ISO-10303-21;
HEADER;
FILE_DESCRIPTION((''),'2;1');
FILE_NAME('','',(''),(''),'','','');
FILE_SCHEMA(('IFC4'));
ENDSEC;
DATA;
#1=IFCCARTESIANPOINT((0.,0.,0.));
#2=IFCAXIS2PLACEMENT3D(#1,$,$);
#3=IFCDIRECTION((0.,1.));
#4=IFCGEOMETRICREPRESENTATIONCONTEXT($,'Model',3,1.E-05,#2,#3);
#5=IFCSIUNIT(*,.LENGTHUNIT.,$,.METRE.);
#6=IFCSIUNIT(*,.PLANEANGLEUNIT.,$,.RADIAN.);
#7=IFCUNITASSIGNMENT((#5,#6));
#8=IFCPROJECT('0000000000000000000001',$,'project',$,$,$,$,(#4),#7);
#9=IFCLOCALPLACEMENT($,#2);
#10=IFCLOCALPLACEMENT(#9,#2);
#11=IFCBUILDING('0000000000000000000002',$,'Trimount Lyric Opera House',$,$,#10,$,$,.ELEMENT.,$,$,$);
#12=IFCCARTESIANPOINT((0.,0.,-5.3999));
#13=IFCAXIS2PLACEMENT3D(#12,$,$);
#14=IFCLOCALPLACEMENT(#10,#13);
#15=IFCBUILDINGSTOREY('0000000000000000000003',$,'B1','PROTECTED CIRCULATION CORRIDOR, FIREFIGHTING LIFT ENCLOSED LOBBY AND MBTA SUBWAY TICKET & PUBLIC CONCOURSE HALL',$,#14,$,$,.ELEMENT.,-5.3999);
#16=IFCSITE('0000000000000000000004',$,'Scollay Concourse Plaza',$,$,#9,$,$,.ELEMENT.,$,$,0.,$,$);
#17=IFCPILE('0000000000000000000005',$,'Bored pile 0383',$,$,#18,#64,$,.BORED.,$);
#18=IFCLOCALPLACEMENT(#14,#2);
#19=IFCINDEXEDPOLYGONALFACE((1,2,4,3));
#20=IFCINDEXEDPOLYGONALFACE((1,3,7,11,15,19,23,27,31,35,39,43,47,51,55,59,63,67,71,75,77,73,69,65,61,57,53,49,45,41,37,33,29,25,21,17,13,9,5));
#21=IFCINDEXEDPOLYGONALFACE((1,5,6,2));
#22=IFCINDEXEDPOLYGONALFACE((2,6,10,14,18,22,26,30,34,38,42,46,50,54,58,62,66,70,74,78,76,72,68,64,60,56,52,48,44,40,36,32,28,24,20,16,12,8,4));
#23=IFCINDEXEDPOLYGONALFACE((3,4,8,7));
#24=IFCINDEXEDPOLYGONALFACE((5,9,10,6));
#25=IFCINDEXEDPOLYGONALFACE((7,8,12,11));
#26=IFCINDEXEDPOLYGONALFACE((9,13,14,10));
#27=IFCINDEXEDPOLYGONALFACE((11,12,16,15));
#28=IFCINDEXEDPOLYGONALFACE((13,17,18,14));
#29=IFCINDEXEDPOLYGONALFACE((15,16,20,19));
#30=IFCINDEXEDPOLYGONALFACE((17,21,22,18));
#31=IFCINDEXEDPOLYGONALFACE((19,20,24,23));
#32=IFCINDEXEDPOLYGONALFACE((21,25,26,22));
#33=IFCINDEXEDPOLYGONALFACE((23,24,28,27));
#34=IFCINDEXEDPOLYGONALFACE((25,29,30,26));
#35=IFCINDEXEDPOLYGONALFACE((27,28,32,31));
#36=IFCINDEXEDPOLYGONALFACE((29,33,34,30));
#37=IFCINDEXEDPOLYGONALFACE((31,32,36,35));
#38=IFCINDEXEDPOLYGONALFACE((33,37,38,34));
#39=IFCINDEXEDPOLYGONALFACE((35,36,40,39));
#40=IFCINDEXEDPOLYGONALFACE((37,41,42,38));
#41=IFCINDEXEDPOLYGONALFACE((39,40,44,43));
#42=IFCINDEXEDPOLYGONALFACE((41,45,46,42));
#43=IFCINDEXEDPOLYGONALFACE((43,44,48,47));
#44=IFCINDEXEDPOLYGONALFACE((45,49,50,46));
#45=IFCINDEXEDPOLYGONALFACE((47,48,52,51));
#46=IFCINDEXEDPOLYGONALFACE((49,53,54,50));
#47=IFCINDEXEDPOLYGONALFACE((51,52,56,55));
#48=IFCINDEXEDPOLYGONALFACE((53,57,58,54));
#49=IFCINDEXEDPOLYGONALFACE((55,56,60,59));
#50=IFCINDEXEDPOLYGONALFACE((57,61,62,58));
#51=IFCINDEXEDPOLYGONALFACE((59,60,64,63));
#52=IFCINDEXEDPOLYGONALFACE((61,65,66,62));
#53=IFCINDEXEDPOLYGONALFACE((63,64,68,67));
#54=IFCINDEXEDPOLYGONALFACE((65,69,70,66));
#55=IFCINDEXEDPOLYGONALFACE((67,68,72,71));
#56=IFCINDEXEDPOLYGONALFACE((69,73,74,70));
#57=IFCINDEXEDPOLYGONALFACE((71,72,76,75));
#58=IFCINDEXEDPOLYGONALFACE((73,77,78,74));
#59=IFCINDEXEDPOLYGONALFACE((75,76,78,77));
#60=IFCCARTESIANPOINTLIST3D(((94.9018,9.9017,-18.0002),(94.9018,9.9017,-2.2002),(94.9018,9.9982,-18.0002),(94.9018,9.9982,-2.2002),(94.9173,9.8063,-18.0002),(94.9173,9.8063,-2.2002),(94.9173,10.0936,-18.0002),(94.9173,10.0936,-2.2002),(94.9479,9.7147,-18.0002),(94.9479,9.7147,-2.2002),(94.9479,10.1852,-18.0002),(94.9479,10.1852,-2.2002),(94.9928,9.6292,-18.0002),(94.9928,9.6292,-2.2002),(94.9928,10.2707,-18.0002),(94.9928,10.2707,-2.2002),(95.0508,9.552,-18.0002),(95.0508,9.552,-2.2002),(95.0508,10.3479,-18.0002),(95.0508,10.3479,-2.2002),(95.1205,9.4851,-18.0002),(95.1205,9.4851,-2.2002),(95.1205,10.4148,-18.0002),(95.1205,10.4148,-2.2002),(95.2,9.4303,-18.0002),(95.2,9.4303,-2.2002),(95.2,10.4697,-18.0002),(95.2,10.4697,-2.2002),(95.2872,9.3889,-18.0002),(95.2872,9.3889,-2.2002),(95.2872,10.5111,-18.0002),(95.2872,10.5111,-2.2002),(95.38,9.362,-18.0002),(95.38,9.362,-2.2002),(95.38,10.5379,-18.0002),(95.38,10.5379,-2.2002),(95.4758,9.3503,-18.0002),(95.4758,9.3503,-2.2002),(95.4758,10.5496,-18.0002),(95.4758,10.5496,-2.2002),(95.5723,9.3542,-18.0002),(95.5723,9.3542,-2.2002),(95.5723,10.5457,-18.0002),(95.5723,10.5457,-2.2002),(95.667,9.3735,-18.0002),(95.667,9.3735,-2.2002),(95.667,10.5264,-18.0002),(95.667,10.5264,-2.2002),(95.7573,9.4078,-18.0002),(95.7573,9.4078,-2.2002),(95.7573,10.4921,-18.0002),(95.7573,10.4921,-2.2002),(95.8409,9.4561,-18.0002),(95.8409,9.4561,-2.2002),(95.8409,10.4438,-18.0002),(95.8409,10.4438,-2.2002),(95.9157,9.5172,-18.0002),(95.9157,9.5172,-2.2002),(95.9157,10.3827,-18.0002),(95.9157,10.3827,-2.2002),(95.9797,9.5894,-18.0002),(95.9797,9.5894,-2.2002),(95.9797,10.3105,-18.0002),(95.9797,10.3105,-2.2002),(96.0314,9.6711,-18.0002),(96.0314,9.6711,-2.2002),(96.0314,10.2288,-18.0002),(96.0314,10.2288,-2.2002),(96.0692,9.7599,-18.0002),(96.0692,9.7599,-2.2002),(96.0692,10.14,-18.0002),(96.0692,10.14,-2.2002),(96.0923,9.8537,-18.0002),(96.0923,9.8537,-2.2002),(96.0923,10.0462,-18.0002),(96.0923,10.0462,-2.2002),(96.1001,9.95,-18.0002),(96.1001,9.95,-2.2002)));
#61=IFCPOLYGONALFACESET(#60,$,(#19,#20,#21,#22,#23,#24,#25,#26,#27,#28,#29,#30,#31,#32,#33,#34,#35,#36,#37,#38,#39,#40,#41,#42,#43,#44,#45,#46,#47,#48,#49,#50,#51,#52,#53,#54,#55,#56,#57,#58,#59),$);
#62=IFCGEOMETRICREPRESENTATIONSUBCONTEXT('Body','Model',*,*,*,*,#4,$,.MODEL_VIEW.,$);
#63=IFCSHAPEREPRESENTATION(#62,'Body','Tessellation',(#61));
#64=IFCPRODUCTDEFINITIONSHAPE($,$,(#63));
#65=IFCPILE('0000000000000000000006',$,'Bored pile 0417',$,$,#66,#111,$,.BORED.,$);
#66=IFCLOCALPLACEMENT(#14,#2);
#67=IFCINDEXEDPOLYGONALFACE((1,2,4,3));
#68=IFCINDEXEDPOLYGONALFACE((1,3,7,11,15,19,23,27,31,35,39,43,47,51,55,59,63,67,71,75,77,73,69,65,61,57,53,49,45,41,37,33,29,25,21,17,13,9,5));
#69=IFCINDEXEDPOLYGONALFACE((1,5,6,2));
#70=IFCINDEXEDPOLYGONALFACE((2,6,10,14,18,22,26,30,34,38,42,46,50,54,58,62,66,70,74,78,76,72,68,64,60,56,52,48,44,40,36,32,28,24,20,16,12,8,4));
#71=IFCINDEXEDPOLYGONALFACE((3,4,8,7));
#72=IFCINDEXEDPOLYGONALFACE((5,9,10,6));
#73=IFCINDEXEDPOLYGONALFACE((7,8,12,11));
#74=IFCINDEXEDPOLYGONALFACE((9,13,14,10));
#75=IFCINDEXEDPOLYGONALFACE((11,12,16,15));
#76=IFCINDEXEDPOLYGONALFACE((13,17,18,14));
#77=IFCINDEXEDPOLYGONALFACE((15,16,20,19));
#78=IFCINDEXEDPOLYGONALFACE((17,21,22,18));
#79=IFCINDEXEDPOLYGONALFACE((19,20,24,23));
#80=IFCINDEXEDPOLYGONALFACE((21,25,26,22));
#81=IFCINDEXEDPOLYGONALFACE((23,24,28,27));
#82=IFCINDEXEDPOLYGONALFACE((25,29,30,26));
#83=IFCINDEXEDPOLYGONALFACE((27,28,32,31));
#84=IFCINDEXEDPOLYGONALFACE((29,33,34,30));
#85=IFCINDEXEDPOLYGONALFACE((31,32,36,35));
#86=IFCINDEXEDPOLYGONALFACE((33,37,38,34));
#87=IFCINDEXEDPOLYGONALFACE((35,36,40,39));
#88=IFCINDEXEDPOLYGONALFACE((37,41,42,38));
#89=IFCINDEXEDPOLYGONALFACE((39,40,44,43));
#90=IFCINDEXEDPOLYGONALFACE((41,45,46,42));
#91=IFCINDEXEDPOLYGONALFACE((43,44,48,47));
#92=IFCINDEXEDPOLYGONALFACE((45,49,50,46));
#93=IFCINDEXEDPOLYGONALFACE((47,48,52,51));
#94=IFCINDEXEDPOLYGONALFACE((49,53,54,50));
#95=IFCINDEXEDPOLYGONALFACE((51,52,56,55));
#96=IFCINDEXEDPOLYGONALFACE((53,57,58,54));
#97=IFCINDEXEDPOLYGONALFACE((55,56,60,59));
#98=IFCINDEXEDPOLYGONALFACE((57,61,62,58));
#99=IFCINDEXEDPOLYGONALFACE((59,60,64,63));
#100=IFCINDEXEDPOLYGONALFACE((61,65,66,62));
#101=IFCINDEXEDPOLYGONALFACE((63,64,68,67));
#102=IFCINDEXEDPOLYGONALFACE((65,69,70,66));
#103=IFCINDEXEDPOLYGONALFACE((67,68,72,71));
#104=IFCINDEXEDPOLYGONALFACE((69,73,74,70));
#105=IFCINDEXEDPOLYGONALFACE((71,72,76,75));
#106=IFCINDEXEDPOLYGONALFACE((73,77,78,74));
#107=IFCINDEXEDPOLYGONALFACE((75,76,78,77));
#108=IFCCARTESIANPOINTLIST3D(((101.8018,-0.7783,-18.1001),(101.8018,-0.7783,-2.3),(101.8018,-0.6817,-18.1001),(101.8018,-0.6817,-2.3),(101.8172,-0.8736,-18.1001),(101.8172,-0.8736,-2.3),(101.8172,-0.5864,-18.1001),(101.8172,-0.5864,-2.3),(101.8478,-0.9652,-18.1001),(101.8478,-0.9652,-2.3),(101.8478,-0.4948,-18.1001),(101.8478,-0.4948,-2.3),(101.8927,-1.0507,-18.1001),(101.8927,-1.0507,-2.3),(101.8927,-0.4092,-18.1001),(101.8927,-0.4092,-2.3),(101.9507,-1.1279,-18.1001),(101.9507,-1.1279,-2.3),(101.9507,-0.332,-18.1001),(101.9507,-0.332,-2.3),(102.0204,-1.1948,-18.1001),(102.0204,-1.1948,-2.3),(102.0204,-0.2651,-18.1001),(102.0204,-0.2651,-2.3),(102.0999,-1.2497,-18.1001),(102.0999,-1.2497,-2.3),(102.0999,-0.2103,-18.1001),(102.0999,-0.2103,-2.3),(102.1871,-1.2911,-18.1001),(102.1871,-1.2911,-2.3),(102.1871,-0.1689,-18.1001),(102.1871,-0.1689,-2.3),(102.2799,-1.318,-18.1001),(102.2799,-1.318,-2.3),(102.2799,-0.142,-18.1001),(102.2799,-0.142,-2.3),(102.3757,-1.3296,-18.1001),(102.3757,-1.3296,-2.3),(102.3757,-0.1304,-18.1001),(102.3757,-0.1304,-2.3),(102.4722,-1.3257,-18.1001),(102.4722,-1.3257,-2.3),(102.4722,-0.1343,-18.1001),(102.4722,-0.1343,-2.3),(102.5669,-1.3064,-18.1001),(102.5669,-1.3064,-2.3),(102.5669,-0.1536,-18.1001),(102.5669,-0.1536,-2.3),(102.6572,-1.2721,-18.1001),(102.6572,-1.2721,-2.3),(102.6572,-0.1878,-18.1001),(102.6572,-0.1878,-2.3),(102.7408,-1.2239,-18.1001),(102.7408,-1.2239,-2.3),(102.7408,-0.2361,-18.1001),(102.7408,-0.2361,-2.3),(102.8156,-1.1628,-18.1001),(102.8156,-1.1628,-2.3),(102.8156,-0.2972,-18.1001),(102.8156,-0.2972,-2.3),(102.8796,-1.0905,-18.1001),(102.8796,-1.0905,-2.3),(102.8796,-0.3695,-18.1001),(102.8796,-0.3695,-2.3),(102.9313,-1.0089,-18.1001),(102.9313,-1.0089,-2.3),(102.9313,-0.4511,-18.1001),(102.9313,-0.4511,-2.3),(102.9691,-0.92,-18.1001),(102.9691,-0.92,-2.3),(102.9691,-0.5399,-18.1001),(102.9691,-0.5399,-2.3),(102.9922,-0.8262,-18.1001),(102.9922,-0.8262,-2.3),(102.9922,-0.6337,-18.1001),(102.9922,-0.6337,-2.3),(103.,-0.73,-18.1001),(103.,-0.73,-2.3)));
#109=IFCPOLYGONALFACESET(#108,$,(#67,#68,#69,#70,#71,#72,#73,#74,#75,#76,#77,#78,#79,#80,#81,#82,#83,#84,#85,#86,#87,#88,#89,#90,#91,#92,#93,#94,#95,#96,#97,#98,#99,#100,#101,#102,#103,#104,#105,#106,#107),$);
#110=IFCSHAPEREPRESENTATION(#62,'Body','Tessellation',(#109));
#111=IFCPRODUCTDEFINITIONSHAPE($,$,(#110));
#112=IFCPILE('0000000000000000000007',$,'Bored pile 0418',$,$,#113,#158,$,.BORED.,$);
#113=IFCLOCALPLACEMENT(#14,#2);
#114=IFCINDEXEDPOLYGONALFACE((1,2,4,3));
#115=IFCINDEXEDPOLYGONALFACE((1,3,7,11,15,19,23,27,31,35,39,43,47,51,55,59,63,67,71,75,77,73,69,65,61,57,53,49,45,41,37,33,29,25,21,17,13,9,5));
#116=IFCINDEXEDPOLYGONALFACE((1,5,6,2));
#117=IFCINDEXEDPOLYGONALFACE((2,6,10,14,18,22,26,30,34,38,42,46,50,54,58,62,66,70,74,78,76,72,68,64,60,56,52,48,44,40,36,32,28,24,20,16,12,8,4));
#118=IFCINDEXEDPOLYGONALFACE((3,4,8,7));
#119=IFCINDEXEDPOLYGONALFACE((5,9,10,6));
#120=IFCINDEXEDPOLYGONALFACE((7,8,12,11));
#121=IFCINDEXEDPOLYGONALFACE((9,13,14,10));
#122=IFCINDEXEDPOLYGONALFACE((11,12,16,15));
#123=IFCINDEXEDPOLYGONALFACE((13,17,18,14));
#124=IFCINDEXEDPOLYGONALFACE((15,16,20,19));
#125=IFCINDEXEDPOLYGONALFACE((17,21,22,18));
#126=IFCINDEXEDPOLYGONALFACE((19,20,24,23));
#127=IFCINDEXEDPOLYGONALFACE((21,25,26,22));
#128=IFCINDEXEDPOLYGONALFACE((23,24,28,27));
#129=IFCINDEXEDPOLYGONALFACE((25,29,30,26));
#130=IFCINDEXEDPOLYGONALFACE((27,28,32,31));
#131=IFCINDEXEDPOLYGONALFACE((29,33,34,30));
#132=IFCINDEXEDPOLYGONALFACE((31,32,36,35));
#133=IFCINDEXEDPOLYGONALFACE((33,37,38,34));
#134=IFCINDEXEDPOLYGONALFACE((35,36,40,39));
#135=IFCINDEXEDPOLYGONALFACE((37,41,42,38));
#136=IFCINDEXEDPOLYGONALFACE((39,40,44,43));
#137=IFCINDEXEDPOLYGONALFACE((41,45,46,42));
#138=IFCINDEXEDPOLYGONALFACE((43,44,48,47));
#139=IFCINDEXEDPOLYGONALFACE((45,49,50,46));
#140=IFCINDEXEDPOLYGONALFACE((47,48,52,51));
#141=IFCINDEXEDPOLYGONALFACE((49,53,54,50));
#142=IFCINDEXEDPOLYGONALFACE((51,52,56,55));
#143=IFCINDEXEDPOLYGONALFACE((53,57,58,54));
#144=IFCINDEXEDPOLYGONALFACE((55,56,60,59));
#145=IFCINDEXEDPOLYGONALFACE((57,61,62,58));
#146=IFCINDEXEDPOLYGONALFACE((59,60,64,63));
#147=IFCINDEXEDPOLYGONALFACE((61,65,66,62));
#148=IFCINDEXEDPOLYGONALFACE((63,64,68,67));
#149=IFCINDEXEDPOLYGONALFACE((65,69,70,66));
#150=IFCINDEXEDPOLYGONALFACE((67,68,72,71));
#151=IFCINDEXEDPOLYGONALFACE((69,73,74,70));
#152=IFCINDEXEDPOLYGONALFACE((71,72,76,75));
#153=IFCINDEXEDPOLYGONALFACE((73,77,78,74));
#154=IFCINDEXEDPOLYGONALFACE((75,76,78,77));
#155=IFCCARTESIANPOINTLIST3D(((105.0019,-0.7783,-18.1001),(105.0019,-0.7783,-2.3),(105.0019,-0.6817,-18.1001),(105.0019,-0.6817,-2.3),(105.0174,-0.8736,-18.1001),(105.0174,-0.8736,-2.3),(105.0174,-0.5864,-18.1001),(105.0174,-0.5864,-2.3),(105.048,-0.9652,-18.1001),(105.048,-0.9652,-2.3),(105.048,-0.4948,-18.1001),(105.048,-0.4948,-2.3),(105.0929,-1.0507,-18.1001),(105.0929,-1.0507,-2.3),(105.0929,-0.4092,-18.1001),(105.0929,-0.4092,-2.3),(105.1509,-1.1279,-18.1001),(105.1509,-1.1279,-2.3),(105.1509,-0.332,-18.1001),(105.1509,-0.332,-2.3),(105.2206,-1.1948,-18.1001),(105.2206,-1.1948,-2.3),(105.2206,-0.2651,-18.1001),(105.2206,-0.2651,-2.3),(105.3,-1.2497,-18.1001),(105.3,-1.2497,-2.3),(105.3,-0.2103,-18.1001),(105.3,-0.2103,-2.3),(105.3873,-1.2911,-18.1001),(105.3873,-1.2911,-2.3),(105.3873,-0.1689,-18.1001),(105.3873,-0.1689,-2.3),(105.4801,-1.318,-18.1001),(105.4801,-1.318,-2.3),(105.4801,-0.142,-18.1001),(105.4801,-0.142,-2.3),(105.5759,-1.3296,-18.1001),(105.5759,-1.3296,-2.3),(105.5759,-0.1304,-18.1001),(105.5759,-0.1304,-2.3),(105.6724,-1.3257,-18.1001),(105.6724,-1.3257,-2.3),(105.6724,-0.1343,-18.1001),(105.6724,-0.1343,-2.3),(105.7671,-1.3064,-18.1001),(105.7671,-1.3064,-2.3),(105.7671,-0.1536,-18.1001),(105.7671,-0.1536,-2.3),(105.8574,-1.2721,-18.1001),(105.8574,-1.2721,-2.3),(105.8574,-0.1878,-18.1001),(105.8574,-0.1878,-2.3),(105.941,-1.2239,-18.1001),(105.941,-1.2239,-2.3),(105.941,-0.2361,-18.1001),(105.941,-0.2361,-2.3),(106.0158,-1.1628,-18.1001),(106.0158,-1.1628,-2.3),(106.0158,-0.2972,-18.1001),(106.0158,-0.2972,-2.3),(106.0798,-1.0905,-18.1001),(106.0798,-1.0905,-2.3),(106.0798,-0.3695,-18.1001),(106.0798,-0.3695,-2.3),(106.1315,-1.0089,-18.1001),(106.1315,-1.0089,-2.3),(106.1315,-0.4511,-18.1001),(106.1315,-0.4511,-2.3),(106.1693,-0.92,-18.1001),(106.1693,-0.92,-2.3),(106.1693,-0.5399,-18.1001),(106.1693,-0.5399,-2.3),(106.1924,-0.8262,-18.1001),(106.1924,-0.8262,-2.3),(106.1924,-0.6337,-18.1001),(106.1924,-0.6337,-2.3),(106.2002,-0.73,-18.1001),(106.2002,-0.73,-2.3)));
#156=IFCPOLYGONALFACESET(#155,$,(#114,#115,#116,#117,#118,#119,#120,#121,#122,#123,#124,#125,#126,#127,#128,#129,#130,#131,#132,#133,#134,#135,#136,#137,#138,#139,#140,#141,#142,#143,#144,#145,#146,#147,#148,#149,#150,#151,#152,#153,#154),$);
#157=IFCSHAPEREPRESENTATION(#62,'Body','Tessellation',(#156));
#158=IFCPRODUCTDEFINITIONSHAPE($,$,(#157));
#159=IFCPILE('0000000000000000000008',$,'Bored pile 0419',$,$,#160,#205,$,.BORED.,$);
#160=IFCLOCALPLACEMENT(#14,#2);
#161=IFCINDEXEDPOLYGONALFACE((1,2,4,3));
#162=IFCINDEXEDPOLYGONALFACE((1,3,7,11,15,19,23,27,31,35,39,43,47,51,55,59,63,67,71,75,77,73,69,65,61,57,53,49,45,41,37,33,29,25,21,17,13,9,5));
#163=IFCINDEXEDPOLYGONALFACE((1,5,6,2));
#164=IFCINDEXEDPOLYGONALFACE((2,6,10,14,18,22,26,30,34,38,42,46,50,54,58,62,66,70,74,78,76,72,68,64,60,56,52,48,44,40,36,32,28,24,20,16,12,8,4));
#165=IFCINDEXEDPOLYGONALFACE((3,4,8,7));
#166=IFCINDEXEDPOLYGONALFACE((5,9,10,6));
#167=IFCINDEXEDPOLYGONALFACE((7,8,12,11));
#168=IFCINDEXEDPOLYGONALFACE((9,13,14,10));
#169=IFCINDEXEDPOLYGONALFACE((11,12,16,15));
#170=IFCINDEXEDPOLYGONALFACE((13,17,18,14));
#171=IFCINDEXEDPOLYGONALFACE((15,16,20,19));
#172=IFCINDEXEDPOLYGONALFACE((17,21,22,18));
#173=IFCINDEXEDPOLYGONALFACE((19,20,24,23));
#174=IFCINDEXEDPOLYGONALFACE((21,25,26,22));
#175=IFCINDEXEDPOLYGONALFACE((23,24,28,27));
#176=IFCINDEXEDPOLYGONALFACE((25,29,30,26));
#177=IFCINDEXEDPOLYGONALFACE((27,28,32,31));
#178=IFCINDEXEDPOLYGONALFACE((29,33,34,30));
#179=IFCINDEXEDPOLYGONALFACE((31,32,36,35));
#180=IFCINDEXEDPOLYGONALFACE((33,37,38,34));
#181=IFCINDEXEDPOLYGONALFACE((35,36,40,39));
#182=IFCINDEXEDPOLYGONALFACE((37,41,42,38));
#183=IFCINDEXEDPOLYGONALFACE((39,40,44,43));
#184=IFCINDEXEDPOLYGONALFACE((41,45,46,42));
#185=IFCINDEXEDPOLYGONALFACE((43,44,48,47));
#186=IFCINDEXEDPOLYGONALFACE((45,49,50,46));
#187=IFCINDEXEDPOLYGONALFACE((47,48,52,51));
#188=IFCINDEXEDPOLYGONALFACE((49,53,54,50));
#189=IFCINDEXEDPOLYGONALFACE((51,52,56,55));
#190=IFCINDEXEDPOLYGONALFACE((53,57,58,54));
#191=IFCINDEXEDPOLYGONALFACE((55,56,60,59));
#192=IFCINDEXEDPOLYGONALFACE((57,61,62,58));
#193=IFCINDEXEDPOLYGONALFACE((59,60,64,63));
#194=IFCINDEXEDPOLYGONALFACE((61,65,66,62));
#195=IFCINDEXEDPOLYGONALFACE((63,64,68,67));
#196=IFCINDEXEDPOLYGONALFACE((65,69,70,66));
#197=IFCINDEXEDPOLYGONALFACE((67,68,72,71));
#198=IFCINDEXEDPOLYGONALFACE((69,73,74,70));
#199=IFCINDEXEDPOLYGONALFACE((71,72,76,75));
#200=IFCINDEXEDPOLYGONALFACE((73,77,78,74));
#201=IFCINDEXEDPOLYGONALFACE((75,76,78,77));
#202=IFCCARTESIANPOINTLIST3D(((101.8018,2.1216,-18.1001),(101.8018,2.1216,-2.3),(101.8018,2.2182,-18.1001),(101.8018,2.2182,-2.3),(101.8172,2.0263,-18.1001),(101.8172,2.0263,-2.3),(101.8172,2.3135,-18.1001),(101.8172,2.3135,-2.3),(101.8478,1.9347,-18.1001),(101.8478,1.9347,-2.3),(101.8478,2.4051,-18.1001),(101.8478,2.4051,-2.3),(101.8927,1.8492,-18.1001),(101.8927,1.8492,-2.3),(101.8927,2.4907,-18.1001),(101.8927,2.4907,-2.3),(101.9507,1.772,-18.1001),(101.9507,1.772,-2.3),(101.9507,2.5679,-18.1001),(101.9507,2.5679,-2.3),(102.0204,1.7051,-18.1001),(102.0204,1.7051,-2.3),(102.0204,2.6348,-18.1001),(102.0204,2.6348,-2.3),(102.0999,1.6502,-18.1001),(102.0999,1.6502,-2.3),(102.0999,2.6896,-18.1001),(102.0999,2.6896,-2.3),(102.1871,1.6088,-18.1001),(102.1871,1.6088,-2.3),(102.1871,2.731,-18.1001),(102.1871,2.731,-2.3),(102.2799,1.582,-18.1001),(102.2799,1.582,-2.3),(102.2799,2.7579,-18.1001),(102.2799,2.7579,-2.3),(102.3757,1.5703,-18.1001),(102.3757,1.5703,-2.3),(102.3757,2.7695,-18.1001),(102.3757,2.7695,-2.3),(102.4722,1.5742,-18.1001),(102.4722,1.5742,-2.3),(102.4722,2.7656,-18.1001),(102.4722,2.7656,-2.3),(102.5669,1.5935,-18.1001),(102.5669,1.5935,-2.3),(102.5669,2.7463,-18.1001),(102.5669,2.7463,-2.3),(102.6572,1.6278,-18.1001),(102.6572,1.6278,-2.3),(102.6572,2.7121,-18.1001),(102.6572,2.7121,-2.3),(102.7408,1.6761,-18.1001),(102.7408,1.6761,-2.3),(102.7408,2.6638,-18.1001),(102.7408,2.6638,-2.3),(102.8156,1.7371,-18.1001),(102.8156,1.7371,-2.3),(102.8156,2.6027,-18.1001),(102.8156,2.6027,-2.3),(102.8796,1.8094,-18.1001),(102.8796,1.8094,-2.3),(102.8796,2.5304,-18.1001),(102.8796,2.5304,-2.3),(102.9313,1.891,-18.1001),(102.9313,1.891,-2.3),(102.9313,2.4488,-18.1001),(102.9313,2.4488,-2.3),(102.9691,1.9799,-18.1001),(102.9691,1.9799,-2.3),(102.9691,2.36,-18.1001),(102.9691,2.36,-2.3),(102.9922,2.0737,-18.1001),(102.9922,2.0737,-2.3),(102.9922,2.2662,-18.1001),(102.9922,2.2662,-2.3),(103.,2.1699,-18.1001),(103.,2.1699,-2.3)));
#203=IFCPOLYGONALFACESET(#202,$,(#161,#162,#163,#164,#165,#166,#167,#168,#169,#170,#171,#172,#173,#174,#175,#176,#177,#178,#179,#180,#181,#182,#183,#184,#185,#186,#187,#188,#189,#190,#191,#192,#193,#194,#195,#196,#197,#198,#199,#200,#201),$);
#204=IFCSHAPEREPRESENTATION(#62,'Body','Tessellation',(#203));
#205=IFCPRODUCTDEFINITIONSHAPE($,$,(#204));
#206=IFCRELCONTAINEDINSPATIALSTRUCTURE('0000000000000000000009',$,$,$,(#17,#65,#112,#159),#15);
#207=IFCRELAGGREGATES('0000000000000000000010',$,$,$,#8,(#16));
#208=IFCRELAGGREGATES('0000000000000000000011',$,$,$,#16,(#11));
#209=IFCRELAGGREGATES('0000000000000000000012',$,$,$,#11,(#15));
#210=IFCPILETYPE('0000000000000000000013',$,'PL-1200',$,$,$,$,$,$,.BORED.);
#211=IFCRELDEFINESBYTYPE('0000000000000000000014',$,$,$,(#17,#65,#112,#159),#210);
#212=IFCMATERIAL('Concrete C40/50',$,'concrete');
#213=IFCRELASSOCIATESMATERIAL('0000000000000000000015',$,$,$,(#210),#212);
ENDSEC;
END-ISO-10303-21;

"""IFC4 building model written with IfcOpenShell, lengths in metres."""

from ifc_helpers import new_model, si_unit, direction, frame, origin, origin_2d, place, context, subcontext, project, spatial, circle, extrude, material, material_profile, profile_set, type_object, element, save


model = new_model("IFC4")

# Units and contexts
model_context = context("Model", 3, precision=1e-05, world=origin(), true_north=direction((0.0, 1.0)))
body_context = subcontext(model_context, "Body", "Model", "MODEL_VIEW")
ifc_project = project(units=[si_unit("LENGTHUNIT", "METRE"), si_unit("PLANEANGLEUNIT", "RADIAN")], contexts=[model_context])

# Site, building, storey
site_placement = place(None, origin())
site = spatial("IfcSite", under=ifc_project, at=site_placement, Name="Scollay Concourse Plaza", CompositionType="ELEMENT", RefElevation=0.0)
building_placement = place(site_placement, origin())
building = spatial("IfcBuilding", under=site, at=building_placement, Name="Trimount Lyric Opera House", CompositionType="ELEMENT")
storey_placement = place(building_placement, frame((0.0, 0.0, -5.3999)))
storey = spatial("IfcBuildingStorey", under=building, at=storey_placement, Name="B1", Description="PROTECTED CIRCULATION CORRIDOR, FIREFIGHTING LIFT ENCLOSED LOBBY AND MBTA SUBWAY TICKET & PUBLIC CONCOURSE HALL", CompositionType="ELEMENT", Elevation=-5.3999)

# Piles
ifc_material_1 = material(Name="Concrete C40/50", Category="concrete")
ifc_material_profile_1 = material_profile(ifc_material_1, circle(Radius=0.6001, at=origin_2d()), Name="PILE-D1200")
ifc_profile_set_1 = profile_set([ifc_material_profile_1], Name="Concrete C40/50")
pile_type_1 = type_object("IfcPileType", Name="PL-1200", PredefinedType="BORED", material=ifc_profile_set_1)
for number, where, z_axis, x_axis, name in (
    (1, (95.5, 9.95, -2.2002), (0.0, 0.0, -1.0), (1.0, 0.0, 0.0), "Bored pile 0383"),
    (2, (102.3999, -0.73, -2.3), (0.0, 0.0, -1.0), (1.0, 0.0, 0.0), "Bored pile 0417"),
    (3, (105.6001, -0.73, -2.3), (0.0, 0.0, -1.0), (1.0, 0.0, 0.0), "Bored pile 0418"),
    (4, (102.3999, 2.1699, -2.3), (0.0, 0.0, -1.0), (1.0, 0.0, 0.0), "Bored pile 0419"),
):
    element("IfcPile", number, at=place(storey_placement, frame(where, z_axis=z_axis, x_axis=x_axis)), inside=storey, type_object=pile_type_1, Name=name, PredefinedType="BORED", context=body_context, shape_type="SweptSolid", body=[
        extrude(circle(Radius=0.6001, at=origin_2d()), origin(), (0.0, 0.0, 1.0), 15.8),
    ])

save(model, "model.ifc")
